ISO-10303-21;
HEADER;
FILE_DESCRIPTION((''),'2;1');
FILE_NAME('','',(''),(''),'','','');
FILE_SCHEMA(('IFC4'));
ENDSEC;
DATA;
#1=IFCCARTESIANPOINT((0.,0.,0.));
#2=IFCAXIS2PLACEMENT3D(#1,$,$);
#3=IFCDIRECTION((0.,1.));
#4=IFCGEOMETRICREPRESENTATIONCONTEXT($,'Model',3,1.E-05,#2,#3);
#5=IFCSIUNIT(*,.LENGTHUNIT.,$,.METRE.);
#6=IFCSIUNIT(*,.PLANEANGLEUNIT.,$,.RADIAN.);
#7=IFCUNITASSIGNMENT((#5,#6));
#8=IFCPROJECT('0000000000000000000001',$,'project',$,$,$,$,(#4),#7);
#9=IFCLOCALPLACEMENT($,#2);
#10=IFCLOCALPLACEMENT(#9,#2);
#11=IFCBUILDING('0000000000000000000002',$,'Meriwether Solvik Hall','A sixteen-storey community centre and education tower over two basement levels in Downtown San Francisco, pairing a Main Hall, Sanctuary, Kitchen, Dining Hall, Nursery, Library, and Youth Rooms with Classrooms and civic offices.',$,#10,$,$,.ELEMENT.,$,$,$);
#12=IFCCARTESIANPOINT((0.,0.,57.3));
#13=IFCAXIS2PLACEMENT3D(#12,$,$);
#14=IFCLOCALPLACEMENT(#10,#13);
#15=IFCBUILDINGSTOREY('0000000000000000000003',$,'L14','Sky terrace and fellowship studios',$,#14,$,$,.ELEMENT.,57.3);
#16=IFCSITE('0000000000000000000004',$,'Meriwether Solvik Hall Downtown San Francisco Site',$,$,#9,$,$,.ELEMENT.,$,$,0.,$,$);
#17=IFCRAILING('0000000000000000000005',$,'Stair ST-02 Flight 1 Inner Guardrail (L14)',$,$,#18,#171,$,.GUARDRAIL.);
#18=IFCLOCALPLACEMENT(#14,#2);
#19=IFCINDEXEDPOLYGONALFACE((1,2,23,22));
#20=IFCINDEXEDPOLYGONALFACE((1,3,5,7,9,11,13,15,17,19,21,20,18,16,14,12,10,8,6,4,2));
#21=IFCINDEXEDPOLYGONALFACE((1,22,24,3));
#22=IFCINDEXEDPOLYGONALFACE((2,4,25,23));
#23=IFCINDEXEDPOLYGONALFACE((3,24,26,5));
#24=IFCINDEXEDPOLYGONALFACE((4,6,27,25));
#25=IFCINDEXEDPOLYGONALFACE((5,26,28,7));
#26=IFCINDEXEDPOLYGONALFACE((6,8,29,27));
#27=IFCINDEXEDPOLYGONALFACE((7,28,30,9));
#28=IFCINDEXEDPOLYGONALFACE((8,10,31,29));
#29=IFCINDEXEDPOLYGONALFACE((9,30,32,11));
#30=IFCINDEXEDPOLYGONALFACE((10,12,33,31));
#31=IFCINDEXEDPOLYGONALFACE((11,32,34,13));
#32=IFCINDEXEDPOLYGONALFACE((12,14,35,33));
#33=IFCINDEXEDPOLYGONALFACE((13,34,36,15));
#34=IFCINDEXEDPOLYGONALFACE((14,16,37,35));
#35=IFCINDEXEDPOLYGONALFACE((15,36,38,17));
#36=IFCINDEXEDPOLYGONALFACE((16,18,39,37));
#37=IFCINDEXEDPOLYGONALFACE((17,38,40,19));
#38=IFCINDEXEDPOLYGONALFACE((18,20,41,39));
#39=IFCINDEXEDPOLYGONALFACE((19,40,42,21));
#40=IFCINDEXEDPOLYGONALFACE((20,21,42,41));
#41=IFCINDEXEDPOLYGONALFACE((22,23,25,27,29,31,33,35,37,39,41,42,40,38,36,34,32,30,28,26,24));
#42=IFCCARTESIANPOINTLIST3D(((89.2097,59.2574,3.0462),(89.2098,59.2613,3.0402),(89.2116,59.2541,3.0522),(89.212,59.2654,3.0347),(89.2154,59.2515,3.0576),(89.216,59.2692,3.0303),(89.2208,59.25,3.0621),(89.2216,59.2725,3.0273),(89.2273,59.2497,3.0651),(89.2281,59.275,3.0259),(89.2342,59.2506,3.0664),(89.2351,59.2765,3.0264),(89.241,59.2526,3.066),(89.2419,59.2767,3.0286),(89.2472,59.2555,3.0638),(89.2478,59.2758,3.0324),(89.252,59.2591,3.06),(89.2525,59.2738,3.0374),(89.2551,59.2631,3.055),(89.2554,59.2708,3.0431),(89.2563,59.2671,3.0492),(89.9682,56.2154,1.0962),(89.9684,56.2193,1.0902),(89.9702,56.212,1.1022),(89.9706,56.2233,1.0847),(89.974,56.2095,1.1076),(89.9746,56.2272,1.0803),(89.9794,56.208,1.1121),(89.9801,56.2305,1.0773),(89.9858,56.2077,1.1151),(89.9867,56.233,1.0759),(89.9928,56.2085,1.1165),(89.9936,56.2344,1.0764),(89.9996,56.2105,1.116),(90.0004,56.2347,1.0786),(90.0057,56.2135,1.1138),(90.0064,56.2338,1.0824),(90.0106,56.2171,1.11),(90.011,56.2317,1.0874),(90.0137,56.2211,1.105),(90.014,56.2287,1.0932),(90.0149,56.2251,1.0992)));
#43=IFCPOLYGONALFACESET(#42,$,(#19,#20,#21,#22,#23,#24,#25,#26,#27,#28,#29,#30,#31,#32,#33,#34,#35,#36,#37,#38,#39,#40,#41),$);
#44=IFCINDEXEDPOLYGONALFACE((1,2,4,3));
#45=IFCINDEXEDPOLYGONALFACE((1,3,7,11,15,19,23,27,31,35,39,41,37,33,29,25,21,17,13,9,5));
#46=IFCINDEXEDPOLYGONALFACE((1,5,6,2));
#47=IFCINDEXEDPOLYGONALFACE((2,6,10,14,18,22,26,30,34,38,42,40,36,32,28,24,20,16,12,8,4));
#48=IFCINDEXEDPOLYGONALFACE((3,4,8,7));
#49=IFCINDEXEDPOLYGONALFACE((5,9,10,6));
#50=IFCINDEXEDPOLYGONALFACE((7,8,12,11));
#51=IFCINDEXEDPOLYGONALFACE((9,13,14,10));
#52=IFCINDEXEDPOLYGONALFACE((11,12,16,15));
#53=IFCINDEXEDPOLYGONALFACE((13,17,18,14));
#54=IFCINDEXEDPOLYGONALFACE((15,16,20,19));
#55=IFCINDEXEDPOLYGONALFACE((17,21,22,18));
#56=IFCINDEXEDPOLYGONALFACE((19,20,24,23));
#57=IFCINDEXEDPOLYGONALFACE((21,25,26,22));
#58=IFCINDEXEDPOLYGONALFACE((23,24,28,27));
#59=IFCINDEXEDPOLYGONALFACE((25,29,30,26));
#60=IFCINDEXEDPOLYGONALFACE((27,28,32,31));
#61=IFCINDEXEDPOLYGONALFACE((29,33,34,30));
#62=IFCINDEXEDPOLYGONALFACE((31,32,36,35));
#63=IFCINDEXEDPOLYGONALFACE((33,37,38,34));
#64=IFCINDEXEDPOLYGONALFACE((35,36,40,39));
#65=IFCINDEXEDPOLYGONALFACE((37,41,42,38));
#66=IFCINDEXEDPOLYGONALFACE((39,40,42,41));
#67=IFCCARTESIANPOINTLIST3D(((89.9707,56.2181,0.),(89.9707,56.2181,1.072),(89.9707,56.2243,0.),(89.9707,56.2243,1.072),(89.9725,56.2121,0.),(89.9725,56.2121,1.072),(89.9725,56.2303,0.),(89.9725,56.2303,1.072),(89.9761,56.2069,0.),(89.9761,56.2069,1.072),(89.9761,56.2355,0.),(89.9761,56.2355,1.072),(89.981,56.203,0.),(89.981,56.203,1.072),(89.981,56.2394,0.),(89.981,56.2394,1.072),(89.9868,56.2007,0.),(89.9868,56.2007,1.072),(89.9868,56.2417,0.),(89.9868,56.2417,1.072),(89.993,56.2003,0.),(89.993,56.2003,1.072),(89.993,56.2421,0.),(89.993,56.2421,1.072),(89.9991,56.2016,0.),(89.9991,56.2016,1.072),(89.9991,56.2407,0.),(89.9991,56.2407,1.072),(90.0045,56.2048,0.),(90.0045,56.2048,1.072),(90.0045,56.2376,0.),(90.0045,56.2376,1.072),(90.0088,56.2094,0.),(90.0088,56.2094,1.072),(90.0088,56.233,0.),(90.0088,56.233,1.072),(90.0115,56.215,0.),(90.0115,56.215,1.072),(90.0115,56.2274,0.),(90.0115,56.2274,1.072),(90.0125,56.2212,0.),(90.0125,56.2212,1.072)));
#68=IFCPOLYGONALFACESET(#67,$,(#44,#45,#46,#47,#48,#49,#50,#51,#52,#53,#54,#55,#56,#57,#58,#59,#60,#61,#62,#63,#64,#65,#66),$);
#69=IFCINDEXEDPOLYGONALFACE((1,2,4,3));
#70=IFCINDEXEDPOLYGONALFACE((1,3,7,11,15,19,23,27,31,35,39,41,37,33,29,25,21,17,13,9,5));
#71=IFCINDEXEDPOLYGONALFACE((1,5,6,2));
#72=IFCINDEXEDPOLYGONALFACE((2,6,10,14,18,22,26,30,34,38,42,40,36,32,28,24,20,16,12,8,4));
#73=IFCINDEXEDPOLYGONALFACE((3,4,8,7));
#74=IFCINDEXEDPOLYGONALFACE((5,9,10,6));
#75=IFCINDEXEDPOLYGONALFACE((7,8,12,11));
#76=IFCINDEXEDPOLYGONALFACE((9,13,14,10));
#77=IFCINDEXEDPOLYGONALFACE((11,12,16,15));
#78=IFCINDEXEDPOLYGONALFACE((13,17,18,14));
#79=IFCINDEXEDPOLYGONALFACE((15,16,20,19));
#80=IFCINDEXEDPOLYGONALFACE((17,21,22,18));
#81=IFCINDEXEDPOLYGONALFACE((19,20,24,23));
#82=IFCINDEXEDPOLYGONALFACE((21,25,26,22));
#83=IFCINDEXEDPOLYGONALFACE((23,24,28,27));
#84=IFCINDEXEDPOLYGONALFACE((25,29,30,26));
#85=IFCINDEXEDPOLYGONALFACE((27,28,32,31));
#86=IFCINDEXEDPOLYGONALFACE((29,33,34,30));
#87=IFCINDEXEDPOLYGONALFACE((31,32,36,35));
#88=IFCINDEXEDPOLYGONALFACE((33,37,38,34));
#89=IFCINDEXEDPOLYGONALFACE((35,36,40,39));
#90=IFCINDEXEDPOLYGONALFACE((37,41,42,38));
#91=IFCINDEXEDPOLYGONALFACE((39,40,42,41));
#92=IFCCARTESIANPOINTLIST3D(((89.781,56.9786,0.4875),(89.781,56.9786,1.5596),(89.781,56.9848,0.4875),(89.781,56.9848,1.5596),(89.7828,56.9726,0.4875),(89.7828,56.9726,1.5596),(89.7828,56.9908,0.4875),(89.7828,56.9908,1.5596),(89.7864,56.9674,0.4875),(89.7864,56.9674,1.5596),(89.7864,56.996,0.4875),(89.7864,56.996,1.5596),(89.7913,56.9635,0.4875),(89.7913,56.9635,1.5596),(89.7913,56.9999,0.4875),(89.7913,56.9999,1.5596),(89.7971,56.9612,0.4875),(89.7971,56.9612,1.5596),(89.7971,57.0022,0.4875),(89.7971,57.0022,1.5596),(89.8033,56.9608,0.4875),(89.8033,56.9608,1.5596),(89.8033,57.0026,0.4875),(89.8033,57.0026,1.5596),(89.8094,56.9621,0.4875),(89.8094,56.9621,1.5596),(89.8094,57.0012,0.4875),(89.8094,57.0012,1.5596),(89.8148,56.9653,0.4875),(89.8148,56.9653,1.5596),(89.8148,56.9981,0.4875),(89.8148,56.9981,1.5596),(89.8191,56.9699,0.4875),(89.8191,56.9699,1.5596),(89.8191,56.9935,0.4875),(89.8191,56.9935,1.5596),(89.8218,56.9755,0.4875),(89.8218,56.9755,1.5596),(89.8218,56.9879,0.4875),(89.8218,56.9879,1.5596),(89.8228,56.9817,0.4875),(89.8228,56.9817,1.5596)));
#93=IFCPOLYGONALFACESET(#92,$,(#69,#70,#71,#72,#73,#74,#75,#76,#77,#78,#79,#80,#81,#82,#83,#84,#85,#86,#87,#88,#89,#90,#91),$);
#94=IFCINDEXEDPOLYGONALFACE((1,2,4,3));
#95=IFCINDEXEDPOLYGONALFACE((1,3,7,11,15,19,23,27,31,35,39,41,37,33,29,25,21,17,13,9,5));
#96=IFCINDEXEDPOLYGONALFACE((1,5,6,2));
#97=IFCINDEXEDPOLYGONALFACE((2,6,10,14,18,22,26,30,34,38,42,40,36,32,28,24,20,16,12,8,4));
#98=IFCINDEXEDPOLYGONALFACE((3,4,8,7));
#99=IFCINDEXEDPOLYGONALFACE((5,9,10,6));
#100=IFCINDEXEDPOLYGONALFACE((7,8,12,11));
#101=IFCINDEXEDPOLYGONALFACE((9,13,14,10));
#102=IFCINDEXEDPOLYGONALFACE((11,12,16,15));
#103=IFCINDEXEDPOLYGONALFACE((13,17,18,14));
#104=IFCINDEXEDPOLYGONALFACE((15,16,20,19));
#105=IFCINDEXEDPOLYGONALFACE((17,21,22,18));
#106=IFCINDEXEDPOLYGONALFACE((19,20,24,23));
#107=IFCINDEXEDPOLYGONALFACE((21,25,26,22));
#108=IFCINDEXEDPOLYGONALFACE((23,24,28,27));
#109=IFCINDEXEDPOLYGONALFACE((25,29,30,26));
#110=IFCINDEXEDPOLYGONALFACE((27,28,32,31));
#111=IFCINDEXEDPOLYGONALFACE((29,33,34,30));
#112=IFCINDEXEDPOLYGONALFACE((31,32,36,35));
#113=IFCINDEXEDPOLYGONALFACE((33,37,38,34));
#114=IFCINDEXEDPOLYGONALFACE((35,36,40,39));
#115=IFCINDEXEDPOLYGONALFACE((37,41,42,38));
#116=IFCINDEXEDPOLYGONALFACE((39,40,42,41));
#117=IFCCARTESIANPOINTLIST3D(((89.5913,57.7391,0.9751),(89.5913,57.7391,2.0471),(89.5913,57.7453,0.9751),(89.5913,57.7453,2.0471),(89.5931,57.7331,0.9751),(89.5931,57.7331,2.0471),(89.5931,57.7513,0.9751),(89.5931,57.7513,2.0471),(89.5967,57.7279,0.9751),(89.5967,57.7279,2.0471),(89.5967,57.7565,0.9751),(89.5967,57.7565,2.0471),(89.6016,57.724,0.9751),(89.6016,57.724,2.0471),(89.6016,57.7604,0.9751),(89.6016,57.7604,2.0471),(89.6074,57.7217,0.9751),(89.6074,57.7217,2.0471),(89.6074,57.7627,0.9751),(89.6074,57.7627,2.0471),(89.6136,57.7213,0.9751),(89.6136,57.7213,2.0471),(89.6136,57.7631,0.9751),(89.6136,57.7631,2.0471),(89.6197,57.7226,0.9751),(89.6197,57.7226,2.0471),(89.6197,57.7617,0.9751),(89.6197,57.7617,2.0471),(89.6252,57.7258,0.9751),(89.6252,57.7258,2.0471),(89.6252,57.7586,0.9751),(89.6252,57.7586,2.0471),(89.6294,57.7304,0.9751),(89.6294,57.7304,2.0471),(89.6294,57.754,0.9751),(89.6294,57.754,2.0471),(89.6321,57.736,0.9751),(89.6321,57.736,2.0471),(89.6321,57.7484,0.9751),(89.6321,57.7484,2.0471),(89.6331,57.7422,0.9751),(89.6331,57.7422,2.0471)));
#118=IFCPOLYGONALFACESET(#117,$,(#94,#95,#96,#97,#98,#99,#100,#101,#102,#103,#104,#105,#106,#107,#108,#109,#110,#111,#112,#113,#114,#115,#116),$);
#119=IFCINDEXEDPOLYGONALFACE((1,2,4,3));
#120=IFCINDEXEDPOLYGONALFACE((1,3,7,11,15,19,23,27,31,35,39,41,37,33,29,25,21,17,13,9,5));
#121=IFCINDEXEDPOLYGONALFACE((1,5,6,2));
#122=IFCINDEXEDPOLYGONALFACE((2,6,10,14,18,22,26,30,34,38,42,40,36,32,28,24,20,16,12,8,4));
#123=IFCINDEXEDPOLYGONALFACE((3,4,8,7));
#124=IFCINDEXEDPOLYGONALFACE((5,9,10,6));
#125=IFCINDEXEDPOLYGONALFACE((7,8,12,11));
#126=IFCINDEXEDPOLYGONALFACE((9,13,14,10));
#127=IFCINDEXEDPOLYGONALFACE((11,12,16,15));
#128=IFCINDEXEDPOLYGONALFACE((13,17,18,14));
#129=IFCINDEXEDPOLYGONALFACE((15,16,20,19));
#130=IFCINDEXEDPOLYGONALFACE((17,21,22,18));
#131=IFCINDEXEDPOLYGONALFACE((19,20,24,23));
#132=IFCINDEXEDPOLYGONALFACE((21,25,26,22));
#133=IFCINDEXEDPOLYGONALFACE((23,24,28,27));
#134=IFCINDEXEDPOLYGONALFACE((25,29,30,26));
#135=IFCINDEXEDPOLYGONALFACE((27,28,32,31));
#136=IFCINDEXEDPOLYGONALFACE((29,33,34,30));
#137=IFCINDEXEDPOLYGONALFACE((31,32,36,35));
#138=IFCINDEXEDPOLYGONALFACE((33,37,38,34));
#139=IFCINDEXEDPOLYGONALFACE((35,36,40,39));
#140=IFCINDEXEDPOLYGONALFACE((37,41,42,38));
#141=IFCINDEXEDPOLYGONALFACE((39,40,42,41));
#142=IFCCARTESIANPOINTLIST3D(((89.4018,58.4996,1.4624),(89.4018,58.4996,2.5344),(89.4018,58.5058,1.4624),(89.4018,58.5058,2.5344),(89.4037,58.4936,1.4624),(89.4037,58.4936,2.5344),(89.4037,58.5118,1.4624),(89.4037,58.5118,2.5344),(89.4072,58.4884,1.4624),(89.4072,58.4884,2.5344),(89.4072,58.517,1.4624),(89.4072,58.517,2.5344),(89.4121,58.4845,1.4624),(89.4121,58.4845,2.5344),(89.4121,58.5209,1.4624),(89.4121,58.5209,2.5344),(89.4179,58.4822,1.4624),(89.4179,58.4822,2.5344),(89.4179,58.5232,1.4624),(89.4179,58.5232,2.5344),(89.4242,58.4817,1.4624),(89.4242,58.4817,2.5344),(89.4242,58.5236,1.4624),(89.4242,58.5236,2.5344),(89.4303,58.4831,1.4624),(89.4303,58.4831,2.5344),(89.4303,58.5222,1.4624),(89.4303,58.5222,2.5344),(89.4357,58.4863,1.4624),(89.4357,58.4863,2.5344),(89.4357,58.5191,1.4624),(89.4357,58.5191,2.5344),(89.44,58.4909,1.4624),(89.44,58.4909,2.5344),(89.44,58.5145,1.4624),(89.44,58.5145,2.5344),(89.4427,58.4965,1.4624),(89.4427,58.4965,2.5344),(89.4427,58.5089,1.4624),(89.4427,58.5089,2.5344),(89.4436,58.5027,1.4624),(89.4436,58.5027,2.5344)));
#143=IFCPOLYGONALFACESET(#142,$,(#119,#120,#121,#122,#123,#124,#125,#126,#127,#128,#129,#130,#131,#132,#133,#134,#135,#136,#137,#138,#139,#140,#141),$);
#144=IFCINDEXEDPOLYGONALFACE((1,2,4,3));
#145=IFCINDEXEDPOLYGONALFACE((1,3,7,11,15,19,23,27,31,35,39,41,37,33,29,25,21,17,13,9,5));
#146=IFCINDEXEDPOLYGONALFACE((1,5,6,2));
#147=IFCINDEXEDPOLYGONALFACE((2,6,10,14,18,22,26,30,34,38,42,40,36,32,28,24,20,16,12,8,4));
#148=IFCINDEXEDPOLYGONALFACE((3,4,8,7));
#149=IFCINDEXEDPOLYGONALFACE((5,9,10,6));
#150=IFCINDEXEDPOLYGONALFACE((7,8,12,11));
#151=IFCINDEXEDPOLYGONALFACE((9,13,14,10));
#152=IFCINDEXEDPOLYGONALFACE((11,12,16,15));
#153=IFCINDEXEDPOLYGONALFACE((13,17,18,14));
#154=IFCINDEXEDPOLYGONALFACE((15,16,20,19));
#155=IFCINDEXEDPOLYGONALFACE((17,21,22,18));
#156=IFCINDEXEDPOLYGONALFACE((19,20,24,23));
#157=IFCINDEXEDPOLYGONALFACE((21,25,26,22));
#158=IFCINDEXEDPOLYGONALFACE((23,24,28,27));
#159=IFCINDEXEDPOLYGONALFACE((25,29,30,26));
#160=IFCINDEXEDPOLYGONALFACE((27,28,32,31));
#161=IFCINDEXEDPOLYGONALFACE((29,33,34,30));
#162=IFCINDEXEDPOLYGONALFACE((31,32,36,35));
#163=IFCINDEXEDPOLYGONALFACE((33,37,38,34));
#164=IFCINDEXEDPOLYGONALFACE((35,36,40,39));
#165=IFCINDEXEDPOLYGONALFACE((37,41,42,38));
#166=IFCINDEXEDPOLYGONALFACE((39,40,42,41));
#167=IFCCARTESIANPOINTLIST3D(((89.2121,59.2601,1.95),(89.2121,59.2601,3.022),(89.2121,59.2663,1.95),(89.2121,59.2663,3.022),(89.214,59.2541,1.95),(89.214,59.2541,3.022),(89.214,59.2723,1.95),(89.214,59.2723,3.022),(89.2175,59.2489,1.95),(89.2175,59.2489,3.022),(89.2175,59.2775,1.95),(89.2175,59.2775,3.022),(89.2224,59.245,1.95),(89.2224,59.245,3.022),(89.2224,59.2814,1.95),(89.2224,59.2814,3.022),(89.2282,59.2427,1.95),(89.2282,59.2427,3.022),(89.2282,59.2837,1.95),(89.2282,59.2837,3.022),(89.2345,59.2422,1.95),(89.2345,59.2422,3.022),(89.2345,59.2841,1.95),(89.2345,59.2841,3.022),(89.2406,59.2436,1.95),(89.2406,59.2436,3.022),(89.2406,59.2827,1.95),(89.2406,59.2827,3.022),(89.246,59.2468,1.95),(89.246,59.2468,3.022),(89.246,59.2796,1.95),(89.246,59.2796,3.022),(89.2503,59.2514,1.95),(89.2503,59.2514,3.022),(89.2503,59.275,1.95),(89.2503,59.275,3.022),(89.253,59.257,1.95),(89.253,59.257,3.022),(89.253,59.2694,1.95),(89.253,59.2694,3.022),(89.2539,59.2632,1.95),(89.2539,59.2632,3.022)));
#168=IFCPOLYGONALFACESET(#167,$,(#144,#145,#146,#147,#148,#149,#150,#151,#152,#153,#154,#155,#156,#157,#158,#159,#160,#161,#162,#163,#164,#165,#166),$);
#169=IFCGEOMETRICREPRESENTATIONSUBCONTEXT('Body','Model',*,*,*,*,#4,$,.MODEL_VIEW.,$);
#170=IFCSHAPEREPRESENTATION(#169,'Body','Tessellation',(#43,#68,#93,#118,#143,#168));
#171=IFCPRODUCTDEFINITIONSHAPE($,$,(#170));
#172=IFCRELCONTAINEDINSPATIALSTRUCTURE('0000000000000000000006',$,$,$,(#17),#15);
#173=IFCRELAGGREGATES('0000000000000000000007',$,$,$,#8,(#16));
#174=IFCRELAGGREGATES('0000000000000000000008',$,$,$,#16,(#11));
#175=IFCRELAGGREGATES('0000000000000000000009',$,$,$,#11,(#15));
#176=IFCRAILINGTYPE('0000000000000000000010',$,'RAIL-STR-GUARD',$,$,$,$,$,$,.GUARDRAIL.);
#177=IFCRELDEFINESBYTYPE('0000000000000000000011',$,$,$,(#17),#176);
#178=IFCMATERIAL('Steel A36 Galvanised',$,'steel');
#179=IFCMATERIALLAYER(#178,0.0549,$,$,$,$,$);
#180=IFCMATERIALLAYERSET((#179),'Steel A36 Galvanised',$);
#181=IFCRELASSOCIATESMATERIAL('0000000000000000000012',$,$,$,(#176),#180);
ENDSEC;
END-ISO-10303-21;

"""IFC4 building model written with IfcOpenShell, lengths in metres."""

from ifc_helpers import new_model, si_unit, direction, frame, origin, origin_2d, place, context, subcontext, project, spatial, circle, extrude, material, layer, layer_set, type_object, element, save


model = new_model("IFC4")

# Units and contexts
model_context = context("Model", 3, precision=1e-05, world=origin(), true_north=direction((0.0, 1.0)))
body_context = subcontext(model_context, "Body", "Model", "MODEL_VIEW")
ifc_project = project(units=[si_unit("LENGTHUNIT", "METRE"), si_unit("PLANEANGLEUNIT", "RADIAN")], contexts=[model_context])

# Site, building, storey
site_placement = place(None, origin())
site = spatial("IfcSite", under=ifc_project, at=site_placement, Name="Meriwether Solvik Hall Downtown San Francisco Site", CompositionType="ELEMENT", RefElevation=0.0)
building_placement = place(site_placement, origin())
building = spatial("IfcBuilding", under=site, at=building_placement, Name="Meriwether Solvik Hall", Description="A sixteen-storey community centre and education tower over two basement levels in Downtown San Francisco, pairing a Main Hall, Sanctuary, Kitchen, Dining Hall, Nursery, Library, and Youth Rooms with Classrooms and civic offices.", CompositionType="ELEMENT")
storey_placement = place(building_placement, frame((0.0, 0.0, 57.3)))
storey = spatial("IfcBuildingStorey", under=building, at=storey_placement, Name="L14", Description="Sky terrace and fellowship studios", CompositionType="ELEMENT", Elevation=57.3)

# Railing
ifc_material_1 = material(Name="Steel A36 Galvanised", Category="steel")
ifc_layer_1 = layer(ifc_material_1, 0.0549)
ifc_layer_set_1 = layer_set([ifc_layer_1], Name="Steel A36 Galvanised")
railing_type_1 = type_object("IfcRailingType", Name="RAIL-STR-GUARD", PredefinedType="GUARDRAIL", material=ifc_layer_set_1)
railing_1_placement = place(storey_placement, frame((89.9915, 56.2212, 0.0)))
element("IfcRailing", 1, at=railing_1_placement, inside=storey, type_object=railing_type_1, Name="Stair ST-02 Flight 1 Inner Guardrail (L14)", PredefinedType="GUARDRAIL", context=body_context, shape_type="SweptSolid", body=[
    extrude(circle(Radius=0.0239, at=origin_2d()), frame((0.0, 0.0, 1.0962), z_axis=(-0.205452, 0.823925, 0.528145), x_axis=(-0.970289, -0.241949, 0.0)), (0.0, 0.0, 1.0), 3.6921),
    extrude(circle(Radius=0.021, at=origin_2d()), origin(), (0.0, 0.0, 1.0), 1.072),
    extrude(circle(Radius=0.021, at=origin_2d()), frame((-0.1897, 0.7605, 0.4875)), (0.0, 0.0, 1.0), 1.072),
    extrude(circle(Radius=0.021, at=origin_2d()), frame((-0.3794, 1.521, 0.9751)), (0.0, 0.0, 1.0), 1.072),
    extrude(circle(Radius=0.021, at=origin_2d()), frame((-0.5688, 2.2815, 1.4624)), (0.0, 0.0, 1.0), 1.072),
    extrude(circle(Radius=0.021, at=origin_2d()), frame((-0.7585, 3.042, 1.95)), (0.0, 0.0, 1.0), 1.072),
])

save(model, "model.ifc")
